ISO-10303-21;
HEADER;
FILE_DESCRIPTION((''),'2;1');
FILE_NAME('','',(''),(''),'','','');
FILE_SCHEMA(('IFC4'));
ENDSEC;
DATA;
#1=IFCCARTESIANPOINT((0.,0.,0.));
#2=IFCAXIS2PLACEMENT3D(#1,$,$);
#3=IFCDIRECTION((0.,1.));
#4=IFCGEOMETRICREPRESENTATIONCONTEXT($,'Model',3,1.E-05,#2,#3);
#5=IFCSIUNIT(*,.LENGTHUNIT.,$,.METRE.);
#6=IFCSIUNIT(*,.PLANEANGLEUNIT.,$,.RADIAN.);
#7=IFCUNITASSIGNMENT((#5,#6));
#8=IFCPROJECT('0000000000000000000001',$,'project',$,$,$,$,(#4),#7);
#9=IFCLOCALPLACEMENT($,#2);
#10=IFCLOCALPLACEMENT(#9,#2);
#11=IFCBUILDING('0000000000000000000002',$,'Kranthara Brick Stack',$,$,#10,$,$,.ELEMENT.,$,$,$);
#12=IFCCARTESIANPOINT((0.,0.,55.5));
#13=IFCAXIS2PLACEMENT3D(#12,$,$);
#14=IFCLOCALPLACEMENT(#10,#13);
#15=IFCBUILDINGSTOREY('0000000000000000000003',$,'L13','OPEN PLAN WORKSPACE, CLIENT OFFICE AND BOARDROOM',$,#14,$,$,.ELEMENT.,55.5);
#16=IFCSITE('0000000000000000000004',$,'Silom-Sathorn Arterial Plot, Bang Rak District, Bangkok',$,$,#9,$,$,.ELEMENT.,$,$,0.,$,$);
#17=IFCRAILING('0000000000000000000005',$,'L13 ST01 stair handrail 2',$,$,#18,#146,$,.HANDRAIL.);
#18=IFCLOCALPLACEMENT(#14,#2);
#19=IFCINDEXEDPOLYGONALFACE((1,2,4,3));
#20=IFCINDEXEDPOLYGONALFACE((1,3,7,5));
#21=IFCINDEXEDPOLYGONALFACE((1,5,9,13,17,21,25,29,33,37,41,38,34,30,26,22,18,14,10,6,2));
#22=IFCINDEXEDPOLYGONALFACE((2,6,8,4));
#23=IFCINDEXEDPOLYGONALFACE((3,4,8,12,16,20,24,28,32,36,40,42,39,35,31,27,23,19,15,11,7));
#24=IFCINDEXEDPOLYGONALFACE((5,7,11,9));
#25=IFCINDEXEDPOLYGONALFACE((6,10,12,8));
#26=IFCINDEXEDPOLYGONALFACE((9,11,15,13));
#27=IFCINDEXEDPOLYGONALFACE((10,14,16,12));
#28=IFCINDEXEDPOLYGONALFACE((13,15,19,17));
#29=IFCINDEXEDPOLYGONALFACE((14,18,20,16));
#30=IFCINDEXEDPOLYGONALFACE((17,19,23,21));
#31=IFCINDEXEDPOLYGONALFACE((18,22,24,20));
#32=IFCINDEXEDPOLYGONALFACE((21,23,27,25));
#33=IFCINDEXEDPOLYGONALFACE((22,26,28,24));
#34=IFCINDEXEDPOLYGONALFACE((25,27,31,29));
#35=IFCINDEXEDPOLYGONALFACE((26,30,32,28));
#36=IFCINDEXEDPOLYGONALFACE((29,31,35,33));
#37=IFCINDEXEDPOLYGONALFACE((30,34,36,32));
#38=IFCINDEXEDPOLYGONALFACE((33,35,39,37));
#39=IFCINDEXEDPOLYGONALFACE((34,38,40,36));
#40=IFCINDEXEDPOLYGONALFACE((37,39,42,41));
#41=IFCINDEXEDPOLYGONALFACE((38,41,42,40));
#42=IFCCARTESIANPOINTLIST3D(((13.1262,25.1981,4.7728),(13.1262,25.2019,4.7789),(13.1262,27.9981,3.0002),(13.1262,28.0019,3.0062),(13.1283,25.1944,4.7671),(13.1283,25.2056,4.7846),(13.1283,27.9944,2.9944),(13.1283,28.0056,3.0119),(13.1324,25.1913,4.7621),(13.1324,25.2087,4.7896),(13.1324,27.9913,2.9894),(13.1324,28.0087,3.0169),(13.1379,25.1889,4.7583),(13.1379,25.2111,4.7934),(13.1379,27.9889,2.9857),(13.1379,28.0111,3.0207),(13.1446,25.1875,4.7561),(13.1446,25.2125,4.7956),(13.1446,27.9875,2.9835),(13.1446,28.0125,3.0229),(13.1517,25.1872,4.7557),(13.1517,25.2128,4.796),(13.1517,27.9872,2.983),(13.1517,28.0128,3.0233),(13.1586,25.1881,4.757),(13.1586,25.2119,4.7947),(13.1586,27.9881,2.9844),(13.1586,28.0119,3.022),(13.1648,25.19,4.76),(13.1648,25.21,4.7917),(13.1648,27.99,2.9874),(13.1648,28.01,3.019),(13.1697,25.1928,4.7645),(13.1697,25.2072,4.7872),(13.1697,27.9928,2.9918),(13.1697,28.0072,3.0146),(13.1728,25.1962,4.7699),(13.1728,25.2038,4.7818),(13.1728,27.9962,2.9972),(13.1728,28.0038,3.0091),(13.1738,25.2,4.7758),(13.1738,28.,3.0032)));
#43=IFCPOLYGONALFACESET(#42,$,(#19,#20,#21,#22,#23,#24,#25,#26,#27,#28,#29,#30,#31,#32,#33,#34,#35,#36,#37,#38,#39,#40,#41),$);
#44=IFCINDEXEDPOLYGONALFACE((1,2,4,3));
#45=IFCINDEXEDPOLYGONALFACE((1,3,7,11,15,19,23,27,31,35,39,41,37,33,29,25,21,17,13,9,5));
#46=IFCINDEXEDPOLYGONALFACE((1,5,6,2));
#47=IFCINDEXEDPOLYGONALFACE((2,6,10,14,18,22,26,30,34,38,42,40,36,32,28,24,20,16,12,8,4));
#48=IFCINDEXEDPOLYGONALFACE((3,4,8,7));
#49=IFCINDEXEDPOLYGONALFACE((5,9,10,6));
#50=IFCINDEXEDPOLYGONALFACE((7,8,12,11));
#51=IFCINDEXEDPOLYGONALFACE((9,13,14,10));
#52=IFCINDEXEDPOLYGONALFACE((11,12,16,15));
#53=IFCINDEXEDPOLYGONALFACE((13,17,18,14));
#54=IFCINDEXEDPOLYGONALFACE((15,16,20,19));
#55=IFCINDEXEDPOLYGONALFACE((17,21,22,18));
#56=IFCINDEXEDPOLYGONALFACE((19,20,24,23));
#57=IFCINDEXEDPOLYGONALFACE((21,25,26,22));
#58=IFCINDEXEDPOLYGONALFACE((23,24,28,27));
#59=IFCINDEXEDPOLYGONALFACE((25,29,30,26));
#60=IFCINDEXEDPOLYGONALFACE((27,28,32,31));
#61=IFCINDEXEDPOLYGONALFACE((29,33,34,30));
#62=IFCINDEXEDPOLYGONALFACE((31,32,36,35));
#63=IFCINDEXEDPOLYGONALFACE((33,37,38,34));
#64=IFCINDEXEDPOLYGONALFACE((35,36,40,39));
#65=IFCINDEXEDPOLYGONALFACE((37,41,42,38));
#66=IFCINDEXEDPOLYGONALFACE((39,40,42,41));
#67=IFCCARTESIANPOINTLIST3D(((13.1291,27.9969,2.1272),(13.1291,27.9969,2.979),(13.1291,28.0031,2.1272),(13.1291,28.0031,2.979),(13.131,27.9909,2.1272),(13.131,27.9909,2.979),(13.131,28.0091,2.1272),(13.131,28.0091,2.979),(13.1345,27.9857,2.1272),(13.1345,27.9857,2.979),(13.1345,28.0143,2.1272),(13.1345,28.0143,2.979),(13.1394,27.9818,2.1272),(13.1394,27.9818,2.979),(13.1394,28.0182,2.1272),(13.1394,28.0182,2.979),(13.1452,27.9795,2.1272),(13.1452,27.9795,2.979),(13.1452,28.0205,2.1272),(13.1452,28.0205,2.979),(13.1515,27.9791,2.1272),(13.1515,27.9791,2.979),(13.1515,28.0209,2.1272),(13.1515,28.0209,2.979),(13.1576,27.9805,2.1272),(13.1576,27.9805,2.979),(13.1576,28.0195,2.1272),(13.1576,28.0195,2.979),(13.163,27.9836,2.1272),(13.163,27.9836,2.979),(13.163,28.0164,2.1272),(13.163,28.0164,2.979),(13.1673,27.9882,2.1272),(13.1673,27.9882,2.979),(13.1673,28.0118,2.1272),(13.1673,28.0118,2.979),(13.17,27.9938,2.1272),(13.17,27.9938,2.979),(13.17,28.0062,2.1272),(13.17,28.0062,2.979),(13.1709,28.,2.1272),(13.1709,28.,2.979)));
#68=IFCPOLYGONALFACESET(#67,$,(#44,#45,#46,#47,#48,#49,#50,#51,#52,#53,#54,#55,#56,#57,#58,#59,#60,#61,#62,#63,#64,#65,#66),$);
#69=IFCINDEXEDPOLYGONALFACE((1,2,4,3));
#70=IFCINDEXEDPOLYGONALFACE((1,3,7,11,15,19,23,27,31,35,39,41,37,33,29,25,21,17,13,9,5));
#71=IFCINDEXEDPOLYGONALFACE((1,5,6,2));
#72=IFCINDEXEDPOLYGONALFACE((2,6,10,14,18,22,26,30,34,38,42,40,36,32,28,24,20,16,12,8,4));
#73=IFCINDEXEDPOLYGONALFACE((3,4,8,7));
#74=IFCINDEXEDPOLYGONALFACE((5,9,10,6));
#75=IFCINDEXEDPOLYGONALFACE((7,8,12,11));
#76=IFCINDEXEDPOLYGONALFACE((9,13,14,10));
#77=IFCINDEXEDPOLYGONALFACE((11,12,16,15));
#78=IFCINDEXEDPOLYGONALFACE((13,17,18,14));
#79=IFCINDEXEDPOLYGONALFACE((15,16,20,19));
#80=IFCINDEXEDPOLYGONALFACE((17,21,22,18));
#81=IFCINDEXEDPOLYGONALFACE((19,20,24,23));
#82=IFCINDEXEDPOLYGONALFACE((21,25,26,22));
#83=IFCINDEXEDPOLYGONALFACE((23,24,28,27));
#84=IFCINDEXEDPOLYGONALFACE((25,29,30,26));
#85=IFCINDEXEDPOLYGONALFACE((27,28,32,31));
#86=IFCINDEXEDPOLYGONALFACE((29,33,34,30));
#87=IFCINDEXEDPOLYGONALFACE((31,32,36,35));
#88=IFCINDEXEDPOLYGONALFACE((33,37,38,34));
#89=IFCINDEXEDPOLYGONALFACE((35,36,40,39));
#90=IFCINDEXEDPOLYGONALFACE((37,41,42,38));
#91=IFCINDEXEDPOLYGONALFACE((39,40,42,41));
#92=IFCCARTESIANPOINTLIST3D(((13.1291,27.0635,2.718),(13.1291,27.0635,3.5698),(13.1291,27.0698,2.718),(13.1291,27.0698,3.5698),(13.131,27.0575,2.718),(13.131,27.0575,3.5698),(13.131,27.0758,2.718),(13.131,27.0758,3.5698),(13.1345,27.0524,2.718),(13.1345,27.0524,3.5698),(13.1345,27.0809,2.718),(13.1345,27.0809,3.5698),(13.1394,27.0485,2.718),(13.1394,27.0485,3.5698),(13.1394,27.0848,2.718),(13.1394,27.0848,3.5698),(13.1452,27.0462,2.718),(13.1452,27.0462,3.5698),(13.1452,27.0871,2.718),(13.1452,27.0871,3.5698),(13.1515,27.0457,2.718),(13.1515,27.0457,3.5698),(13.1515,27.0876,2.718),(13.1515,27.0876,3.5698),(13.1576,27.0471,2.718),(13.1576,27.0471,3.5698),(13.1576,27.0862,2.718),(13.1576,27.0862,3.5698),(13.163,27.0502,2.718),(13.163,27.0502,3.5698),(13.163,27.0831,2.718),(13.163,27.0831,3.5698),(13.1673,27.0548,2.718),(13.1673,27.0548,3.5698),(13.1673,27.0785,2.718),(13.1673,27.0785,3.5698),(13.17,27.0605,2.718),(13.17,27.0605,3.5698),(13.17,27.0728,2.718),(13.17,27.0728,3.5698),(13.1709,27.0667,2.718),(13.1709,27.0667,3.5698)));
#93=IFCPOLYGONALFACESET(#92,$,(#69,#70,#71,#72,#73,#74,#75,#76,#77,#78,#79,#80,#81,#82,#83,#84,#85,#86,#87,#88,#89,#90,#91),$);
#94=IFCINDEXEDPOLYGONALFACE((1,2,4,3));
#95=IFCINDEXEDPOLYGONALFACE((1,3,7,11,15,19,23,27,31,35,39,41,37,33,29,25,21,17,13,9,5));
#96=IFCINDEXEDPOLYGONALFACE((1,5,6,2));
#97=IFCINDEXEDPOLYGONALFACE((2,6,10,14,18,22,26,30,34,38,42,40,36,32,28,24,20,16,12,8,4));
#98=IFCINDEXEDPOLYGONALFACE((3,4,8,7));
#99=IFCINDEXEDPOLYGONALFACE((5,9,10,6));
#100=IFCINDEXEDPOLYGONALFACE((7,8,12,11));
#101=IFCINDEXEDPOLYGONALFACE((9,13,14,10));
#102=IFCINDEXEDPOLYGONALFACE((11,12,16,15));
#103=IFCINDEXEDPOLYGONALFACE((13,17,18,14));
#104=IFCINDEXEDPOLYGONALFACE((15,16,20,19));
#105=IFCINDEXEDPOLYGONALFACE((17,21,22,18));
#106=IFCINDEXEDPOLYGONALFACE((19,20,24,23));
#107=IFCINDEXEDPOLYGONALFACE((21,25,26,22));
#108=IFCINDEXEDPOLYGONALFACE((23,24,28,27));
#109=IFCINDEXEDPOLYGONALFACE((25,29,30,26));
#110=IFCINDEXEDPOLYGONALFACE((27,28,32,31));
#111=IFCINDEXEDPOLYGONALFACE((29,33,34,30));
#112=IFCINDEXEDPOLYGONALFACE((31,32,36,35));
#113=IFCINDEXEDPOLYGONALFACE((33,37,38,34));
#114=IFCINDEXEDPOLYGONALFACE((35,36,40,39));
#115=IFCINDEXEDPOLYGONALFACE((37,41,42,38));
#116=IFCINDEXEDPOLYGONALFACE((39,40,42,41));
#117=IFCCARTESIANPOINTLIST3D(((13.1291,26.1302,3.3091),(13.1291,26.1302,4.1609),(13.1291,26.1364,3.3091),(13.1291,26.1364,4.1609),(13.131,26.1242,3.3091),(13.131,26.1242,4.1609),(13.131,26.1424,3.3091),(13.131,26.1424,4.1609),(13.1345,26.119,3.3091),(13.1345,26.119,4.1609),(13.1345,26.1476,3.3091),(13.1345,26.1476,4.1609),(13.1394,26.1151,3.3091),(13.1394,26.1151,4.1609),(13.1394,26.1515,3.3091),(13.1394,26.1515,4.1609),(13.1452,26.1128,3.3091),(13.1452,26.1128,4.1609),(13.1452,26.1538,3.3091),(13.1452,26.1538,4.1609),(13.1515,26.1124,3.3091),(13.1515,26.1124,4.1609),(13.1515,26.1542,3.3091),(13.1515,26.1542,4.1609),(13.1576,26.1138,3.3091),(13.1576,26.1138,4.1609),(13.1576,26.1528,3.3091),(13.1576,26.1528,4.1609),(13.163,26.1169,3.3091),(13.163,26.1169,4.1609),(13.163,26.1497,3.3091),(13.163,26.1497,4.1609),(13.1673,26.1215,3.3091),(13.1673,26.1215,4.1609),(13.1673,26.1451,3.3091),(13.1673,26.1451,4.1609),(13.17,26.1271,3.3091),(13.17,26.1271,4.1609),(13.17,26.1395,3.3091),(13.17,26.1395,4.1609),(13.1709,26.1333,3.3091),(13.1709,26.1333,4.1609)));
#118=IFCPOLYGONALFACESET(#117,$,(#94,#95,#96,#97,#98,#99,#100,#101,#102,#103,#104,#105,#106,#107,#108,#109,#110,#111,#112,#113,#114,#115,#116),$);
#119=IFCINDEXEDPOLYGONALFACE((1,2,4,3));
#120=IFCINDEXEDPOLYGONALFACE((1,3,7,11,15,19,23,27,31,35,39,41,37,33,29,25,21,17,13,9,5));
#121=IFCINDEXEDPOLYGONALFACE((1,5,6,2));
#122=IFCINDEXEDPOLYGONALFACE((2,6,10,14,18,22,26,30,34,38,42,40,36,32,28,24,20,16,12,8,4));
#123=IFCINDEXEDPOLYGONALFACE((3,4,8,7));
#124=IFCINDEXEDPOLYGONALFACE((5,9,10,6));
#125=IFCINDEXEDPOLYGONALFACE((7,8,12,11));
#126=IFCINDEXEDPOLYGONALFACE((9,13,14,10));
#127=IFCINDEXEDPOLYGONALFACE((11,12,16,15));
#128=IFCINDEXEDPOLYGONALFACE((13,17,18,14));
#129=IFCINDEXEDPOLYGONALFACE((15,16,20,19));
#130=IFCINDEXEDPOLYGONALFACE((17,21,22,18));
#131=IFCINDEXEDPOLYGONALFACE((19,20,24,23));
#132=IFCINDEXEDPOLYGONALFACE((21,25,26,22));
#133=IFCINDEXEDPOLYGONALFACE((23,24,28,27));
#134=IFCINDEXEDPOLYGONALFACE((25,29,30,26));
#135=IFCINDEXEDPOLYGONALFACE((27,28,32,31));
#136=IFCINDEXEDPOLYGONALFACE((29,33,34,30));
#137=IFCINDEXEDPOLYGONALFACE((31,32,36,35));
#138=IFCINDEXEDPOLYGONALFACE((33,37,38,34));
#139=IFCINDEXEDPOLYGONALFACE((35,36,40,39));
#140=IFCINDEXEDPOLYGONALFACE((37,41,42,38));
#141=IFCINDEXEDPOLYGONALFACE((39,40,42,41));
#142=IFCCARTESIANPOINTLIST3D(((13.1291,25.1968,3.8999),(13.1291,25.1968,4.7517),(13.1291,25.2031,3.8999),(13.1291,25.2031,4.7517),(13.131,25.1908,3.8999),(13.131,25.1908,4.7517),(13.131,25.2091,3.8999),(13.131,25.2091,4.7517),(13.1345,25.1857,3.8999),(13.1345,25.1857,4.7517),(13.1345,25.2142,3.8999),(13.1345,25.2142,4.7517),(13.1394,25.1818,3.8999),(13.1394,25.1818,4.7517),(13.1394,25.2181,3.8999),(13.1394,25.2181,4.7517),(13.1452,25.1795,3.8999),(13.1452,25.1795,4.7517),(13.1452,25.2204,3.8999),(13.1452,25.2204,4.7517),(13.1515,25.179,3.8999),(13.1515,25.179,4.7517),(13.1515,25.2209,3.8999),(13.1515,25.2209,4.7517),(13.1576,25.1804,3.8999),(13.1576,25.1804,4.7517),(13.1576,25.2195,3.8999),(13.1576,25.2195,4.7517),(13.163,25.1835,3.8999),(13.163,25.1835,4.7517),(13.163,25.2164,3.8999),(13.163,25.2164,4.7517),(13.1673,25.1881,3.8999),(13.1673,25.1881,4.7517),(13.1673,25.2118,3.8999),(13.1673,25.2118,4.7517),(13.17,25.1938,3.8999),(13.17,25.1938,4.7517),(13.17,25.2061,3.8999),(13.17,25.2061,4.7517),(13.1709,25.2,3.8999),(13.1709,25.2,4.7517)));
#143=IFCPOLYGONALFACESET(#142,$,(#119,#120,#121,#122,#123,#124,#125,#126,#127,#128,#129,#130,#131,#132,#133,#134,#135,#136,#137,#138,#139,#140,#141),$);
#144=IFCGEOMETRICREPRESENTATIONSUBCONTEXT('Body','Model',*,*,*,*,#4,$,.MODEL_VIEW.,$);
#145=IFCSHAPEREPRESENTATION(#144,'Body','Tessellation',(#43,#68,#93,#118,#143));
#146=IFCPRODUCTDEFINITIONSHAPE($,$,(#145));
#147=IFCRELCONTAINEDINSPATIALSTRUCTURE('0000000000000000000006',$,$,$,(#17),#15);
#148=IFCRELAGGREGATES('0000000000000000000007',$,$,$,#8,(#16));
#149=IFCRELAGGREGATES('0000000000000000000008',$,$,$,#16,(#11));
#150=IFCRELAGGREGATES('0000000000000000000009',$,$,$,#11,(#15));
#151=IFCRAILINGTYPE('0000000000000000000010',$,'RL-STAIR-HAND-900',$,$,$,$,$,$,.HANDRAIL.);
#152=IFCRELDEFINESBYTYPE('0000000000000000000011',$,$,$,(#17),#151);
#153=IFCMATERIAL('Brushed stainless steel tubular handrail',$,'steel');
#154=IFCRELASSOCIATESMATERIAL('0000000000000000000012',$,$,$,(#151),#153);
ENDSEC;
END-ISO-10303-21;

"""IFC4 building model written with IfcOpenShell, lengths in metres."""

from ifc_helpers import new_model, si_unit, direction, frame, origin, origin_2d, place, context, subcontext, project, spatial, circle, extrude, material, type_object, element, save


model = new_model("IFC4")

# Units and contexts
model_context = context("Model", 3, precision=1e-05, world=origin(), true_north=direction((0.0, 1.0)))
body_context = subcontext(model_context, "Body", "Model", "MODEL_VIEW")
ifc_project = project(units=[si_unit("LENGTHUNIT", "METRE"), si_unit("PLANEANGLEUNIT", "RADIAN")], contexts=[model_context])

# Site, building, storey
site_placement = place(None, origin())
site = spatial("IfcSite", under=ifc_project, at=site_placement, Name="Silom-Sathorn Arterial Plot, Bang Rak District, Bangkok", CompositionType="ELEMENT", RefElevation=0.0)
building_placement = place(site_placement, origin())
building = spatial("IfcBuilding", under=site, at=building_placement, Name="Kranthara Brick Stack", CompositionType="ELEMENT")
storey_placement = place(building_placement, frame((0.0, 0.0, 55.5)))
storey = spatial("IfcBuildingStorey", under=building, at=storey_placement, Name="L13", Description="OPEN PLAN WORKSPACE, CLIENT OFFICE AND BOARDROOM", CompositionType="ELEMENT", Elevation=55.5)

# Railing
ifc_material_1 = material(Name="Brushed stainless steel tubular handrail", Category="steel")
railing_type_1 = type_object("IfcRailingType", Name="RL-STAIR-HAND-900", PredefinedType="HANDRAIL", material=ifc_material_1)
railing_1_placement = place(storey_placement, frame((13.1499, 28.0, 2.1272)))
element("IfcRailing", 1, at=railing_1_placement, inside=storey, type_object=railing_type_1, Name="L13 ST01 stair handrail 2", PredefinedType="HANDRAIL", context=body_context, shape_type="SweptSolid", body=[
    extrude(circle(Radius=0.0239, at=origin_2d()), frame((0.0, 0.0, 0.876), z_axis=(0.0, -0.844909, 0.53491), x_axis=(1.0, 0.0, 0.0)), (0.0, 0.0, 1.0), 3.314),
    extrude(circle(Radius=0.021, at=origin_2d()), origin(), (0.0, 0.0, 1.0), 0.8518),
    extrude(circle(Radius=0.021, at=origin_2d()), frame((0.0, -0.9333, 0.5908)), (0.0, 0.0, 1.0), 0.8518),
    extrude(circle(Radius=0.021, at=origin_2d()), frame((0.0, -1.8667, 1.1819)), (0.0, 0.0, 1.0), 0.8518),
    extrude(circle(Radius=0.021, at=origin_2d()), frame((0.0, -2.8, 1.7727)), (0.0, 0.0, 1.0), 0.8518),
])

save(model, "model.ifc")
